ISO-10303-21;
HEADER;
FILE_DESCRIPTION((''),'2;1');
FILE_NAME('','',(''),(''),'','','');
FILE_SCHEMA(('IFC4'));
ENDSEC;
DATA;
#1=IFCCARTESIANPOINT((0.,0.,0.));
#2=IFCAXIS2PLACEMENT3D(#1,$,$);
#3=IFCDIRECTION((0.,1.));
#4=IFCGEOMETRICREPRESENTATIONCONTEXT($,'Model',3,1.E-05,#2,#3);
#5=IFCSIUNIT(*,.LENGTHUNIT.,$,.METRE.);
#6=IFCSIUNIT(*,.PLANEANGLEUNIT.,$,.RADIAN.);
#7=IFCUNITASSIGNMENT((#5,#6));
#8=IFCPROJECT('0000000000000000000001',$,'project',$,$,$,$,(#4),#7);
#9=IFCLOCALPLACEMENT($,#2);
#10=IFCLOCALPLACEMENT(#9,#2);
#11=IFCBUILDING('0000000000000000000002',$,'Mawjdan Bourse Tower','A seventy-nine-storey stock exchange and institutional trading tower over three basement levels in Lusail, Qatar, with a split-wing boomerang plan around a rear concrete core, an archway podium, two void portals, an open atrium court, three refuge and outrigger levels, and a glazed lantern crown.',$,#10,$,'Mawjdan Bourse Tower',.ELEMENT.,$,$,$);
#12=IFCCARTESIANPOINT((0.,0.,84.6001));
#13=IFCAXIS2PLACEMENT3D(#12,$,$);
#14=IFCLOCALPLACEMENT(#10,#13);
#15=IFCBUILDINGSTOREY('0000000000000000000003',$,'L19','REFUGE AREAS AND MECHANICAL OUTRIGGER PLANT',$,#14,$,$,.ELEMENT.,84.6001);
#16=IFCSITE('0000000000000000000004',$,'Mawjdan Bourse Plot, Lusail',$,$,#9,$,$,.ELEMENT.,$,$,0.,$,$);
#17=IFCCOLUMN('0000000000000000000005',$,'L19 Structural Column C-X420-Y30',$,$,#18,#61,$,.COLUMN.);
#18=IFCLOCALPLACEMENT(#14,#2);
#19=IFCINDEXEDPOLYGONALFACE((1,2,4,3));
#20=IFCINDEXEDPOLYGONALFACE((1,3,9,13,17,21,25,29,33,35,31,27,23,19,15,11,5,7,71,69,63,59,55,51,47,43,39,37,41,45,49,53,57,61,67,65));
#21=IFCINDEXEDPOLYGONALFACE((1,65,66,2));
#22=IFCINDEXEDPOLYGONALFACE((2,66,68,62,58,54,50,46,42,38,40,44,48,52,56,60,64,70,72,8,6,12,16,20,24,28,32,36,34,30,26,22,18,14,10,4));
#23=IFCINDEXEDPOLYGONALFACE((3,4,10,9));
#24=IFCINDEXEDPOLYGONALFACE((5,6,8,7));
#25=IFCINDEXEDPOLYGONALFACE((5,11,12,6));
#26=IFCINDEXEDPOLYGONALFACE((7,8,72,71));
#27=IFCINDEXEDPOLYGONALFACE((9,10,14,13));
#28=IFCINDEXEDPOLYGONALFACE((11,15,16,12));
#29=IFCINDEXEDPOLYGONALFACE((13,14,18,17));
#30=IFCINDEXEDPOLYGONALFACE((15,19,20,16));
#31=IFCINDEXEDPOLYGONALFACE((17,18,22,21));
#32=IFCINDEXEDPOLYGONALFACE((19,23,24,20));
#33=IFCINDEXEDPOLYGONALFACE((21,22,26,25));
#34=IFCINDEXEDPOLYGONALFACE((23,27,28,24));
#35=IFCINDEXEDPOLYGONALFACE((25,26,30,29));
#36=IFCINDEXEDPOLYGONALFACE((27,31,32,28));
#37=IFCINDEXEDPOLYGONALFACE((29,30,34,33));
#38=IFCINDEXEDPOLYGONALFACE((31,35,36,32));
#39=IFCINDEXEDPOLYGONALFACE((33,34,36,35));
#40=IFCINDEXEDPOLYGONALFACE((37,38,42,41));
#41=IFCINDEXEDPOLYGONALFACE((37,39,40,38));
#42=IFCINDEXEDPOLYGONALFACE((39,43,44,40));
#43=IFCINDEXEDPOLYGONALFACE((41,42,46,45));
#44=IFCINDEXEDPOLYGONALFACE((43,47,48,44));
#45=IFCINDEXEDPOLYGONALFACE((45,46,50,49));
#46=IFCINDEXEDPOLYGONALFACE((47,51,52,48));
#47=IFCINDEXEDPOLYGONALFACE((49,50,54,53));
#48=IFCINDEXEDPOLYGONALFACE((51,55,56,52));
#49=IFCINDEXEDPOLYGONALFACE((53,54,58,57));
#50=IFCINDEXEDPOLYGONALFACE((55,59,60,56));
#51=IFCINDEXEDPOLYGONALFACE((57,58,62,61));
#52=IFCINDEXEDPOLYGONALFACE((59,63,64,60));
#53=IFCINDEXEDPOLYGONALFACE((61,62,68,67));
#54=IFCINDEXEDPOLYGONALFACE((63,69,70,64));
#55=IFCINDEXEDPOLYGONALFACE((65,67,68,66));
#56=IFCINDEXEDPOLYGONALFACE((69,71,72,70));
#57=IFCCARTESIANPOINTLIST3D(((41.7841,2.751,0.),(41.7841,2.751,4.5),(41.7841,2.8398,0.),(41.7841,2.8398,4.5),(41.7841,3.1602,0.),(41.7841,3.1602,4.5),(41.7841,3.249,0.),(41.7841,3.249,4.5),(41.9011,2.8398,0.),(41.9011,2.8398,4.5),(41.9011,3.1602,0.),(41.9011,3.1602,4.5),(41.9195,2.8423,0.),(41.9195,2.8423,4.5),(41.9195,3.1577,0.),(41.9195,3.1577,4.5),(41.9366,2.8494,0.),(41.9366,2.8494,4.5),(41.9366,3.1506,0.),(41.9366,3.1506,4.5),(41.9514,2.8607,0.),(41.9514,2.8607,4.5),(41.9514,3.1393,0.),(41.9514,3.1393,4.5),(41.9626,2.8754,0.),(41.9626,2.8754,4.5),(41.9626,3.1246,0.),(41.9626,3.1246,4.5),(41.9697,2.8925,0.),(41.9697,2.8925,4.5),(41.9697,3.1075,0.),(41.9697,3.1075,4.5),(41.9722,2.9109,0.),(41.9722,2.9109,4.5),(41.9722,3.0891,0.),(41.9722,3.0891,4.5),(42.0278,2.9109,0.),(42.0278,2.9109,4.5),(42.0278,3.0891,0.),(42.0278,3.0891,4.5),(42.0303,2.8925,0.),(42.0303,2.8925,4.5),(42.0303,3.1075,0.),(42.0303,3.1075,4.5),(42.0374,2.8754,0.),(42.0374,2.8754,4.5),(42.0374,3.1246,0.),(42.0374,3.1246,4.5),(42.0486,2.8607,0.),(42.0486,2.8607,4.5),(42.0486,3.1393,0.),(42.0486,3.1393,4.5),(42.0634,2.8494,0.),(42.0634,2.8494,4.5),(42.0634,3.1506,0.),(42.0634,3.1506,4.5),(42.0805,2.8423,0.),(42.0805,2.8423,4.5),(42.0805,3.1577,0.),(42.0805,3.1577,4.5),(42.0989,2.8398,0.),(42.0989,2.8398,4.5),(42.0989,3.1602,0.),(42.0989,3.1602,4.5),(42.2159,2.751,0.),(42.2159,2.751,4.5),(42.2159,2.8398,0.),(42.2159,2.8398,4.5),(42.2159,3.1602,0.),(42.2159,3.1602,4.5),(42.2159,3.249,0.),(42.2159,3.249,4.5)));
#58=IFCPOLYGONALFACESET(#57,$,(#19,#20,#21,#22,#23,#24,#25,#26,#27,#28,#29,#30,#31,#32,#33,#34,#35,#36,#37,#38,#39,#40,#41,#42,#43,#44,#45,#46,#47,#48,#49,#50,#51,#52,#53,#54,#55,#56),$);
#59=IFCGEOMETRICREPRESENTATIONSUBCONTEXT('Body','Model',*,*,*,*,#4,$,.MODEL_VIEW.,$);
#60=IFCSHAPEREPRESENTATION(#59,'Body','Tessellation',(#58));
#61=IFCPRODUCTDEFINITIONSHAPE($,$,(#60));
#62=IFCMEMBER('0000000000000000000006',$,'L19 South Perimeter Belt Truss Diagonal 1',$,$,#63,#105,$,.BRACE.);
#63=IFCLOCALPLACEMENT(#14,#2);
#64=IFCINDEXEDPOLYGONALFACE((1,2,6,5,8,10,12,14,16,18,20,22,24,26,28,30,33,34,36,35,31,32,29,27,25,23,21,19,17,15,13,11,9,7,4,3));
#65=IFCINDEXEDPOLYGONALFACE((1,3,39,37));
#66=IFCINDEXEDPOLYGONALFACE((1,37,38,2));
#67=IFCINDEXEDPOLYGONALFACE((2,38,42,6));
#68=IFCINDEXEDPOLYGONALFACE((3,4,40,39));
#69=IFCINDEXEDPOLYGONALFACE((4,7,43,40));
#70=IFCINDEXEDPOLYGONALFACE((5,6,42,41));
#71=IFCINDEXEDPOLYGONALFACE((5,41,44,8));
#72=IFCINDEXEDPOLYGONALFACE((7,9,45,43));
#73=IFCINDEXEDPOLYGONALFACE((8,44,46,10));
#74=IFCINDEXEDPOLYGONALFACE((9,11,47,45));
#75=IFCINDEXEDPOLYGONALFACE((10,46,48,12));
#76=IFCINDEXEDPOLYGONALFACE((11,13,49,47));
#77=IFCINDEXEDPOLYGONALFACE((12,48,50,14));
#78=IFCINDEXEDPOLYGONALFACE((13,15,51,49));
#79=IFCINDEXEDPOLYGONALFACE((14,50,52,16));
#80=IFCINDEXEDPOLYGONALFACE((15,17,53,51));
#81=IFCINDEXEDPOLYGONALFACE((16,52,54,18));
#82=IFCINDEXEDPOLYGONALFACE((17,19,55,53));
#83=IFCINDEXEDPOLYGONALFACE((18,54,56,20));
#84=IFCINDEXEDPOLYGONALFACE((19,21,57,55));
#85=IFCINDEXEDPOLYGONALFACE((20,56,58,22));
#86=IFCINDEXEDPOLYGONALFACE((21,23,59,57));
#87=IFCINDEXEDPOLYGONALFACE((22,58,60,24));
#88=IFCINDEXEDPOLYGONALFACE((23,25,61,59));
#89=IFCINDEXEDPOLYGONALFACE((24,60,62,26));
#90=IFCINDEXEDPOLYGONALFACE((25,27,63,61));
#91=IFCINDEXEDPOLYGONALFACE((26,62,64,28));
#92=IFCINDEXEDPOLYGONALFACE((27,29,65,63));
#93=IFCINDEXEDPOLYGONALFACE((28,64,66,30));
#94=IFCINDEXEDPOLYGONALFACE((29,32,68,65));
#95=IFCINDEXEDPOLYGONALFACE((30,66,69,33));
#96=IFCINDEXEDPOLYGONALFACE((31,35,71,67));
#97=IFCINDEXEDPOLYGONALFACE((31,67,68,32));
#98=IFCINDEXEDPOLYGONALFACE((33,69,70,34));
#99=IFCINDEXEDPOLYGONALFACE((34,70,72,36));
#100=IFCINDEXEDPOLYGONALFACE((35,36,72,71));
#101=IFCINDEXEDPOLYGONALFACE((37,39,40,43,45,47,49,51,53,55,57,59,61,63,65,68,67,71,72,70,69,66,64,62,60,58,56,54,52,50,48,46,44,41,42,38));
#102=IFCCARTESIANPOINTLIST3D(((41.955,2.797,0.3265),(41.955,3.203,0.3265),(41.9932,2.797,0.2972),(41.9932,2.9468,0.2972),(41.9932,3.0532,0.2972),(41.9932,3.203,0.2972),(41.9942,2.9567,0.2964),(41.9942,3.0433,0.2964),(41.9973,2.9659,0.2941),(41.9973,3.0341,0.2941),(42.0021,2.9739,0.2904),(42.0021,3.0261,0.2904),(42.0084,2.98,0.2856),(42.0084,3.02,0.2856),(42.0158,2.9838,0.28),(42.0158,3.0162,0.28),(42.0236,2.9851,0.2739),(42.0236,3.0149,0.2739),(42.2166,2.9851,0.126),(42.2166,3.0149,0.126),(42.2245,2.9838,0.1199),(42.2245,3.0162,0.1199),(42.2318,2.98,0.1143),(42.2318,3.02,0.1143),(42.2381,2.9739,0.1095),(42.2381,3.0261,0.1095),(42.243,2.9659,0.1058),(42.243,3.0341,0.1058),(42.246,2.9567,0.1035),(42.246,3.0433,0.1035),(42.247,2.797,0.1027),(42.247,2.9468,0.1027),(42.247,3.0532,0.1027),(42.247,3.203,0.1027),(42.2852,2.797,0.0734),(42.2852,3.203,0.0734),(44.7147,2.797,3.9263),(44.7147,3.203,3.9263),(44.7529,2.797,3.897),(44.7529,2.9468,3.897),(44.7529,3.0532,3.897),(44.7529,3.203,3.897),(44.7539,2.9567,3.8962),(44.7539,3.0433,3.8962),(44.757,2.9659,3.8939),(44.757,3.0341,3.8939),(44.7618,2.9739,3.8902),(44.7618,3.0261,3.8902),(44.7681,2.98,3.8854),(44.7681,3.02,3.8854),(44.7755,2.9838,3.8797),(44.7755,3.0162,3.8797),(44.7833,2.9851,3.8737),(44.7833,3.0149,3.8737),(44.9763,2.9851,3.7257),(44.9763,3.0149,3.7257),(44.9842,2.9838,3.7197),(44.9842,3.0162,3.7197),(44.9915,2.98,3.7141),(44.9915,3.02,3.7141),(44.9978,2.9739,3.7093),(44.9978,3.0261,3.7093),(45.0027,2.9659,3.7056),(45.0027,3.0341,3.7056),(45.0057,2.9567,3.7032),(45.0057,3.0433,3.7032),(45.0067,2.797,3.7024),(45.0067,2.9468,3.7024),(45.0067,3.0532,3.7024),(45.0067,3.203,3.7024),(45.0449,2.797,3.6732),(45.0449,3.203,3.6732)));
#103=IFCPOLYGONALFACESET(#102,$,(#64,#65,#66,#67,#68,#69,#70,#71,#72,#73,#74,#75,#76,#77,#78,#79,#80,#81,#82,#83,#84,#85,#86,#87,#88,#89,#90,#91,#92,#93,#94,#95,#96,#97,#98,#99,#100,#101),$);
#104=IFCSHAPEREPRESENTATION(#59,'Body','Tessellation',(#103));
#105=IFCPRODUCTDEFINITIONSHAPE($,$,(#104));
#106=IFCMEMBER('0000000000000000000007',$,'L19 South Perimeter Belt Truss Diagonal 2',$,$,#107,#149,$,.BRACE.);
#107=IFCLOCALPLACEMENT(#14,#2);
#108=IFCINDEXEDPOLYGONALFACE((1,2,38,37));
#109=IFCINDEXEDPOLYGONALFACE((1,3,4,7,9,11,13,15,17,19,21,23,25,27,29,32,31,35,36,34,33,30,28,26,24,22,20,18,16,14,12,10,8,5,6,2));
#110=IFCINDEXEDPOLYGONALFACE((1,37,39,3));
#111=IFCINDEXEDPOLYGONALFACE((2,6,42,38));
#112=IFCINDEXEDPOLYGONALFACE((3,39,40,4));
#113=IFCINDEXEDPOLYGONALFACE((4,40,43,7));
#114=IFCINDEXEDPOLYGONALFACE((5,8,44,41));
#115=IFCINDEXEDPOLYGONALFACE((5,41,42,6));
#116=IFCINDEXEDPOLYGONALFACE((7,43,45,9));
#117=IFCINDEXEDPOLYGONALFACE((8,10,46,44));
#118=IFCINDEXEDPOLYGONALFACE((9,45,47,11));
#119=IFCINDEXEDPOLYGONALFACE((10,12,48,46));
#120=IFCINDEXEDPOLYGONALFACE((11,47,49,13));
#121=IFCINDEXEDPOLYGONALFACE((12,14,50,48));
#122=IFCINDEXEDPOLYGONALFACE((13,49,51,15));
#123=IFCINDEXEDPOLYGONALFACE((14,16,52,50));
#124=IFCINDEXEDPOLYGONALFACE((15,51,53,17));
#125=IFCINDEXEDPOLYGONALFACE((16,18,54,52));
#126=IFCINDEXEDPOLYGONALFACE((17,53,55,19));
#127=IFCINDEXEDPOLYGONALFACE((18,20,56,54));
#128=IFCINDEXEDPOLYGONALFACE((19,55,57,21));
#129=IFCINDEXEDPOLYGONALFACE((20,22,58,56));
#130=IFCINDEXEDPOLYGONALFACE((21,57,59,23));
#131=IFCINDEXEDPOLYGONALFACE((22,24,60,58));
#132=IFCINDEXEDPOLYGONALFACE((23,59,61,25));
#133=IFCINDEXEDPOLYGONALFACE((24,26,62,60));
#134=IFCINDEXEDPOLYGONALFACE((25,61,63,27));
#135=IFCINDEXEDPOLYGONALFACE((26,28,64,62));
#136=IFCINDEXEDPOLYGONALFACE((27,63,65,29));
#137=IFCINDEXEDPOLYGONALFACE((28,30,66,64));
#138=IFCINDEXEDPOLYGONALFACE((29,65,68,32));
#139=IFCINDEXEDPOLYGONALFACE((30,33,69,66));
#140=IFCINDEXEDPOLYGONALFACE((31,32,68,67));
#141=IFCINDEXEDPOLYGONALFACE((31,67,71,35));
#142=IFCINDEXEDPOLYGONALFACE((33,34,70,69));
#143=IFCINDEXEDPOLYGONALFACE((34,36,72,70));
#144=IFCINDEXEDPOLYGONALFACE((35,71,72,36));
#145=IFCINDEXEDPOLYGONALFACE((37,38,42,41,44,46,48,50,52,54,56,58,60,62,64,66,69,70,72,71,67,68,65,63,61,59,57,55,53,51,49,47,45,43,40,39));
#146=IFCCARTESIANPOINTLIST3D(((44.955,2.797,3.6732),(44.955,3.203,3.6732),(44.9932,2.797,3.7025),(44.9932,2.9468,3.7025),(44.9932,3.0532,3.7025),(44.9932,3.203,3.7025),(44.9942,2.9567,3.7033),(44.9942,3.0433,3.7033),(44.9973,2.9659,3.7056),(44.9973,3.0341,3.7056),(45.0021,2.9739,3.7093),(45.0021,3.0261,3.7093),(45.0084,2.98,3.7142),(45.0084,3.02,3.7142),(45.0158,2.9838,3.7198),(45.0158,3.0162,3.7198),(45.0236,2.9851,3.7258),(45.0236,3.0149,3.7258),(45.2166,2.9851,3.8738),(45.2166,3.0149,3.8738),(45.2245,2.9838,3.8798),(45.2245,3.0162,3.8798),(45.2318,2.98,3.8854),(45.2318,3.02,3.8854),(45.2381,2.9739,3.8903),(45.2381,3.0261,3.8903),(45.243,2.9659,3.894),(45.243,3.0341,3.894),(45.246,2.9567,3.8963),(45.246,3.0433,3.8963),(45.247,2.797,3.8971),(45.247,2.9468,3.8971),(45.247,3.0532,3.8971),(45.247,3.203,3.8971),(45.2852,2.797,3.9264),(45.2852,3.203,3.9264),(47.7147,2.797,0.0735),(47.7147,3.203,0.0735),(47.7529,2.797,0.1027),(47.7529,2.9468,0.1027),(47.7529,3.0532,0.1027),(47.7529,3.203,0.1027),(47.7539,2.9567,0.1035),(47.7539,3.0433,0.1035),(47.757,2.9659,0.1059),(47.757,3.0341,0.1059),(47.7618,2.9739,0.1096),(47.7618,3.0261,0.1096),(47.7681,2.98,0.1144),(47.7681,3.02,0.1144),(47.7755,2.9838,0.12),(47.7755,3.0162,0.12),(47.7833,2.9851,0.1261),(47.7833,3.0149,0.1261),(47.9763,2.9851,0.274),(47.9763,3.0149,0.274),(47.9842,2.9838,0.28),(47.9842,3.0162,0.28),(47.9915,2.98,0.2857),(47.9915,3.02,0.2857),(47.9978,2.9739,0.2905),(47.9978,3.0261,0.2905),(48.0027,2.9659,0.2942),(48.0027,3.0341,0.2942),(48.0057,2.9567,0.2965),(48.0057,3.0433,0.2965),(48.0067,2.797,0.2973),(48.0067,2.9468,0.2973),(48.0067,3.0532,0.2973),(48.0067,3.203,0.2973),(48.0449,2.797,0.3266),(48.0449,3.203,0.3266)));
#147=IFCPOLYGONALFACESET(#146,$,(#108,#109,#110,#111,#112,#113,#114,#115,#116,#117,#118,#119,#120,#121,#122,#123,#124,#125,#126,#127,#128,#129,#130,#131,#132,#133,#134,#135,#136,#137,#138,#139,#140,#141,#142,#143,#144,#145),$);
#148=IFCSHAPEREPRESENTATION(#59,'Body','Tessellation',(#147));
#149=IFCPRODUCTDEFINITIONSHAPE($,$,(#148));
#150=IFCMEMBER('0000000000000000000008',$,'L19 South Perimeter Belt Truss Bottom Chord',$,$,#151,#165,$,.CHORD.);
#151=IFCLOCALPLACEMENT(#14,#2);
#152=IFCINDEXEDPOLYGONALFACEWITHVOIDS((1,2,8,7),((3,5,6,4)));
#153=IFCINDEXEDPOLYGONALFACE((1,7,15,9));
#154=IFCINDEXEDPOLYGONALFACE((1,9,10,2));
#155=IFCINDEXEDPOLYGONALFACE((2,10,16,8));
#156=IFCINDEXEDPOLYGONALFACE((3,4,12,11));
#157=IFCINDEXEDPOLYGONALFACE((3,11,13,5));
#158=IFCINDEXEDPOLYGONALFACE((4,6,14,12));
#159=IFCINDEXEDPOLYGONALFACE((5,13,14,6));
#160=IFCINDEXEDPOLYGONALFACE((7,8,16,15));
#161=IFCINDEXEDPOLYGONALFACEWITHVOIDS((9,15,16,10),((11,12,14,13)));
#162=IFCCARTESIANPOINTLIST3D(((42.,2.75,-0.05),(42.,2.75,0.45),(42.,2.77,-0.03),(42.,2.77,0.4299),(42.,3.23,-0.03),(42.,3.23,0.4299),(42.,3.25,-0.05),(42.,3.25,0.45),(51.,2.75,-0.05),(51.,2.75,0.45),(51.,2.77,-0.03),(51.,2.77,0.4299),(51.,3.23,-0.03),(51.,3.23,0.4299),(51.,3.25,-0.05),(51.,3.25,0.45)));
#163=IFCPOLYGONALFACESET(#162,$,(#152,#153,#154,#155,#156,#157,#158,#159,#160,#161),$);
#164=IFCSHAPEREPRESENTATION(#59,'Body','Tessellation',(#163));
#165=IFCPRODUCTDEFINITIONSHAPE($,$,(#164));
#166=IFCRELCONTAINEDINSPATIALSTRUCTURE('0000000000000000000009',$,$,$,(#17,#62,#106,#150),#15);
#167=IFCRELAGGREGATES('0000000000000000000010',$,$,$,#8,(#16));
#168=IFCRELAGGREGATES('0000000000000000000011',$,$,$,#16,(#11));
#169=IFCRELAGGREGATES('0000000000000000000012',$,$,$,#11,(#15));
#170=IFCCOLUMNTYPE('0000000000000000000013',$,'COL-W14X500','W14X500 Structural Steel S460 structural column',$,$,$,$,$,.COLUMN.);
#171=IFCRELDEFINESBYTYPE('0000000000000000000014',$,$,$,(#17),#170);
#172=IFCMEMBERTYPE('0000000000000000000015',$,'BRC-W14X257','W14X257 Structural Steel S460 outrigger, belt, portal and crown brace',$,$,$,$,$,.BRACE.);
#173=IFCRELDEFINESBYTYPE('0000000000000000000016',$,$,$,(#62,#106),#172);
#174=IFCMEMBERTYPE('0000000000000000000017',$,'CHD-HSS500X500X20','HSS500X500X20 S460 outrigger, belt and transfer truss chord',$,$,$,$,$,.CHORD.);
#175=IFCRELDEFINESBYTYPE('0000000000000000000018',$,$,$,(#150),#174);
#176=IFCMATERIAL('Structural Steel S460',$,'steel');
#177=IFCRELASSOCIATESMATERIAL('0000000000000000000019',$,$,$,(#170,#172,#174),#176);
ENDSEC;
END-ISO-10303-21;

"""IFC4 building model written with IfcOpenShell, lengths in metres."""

from ifc_helpers import new_model, si_unit, direction, frame, origin, origin_2d, place, context, subcontext, project, spatial, hollow_rectangle, i_section, extrude, material, material_profile, profile_set, type_object, element, save


model = new_model("IFC4")

# Units and contexts
model_context = context("Model", 3, precision=1e-05, world=origin(), true_north=direction((0.0, 1.0)))
body_context = subcontext(model_context, "Body", "Model", "MODEL_VIEW")
ifc_project = project(units=[si_unit("LENGTHUNIT", "METRE"), si_unit("PLANEANGLEUNIT", "RADIAN")], contexts=[model_context])

# Site, building, storey
site_placement = place(None, origin())
site = spatial("IfcSite", under=ifc_project, at=site_placement, Name="Mawjdan Bourse Plot, Lusail", CompositionType="ELEMENT", RefElevation=0.0)
building_placement = place(site_placement, origin())
building = spatial("IfcBuilding", under=site, at=building_placement, Name="Mawjdan Bourse Tower", Description="A seventy-nine-storey stock exchange and institutional trading tower over three basement levels in Lusail, Qatar, with a split-wing boomerang plan around a rear concrete core, an archway podium, two void portals, an open atrium court, three refuge and outrigger levels, and a glazed lantern crown.", LongName="Mawjdan Bourse Tower", CompositionType="ELEMENT")
storey_placement = place(building_placement, frame((0.0, 0.0, 84.6001)))
storey = spatial("IfcBuildingStorey", under=building, at=storey_placement, Name="L19", Description="REFUGE AREAS AND MECHANICAL OUTRIGGER PLANT", CompositionType="ELEMENT", Elevation=84.6001)

# Column
ifc_material_1 = material(Name="Structural Steel S460", Category="steel")
ifc_material_profile_1 = material_profile(ifc_material_1, i_section(OverallWidth=0.4319, OverallDepth=0.498, WebThickness=0.0557, FlangeThickness=0.0889, FilletRadius=0.071, at=origin_2d()), Name="W14X500")
ifc_profile_set_1 = profile_set([ifc_material_profile_1], Name="Structural Steel S460")
column_type = type_object("IfcColumnType", Name="COL-W14X500", Description="W14X500 Structural Steel S460 structural column", PredefinedType="COLUMN", material=ifc_profile_set_1)
column_placement = place(storey_placement, frame((42.0, 3.0, 0.0), z_axis=(0.0, 0.0, 1.0), x_axis=(1.0, 0.0, 0.0)))
element("IfcColumn", 1, at=column_placement, inside=storey, type_object=column_type, Name="L19 Structural Column C-X420-Y30", PredefinedType="COLUMN", context=body_context, shape_type="SweptSolid", body=[
    extrude(i_section(OverallWidth=0.4319, OverallDepth=0.498, WebThickness=0.0557, FlangeThickness=0.0889, FilletRadius=0.071, at=origin_2d()), origin(), (0.0, 0.0, 1.0), 4.5),
])

# Members
ifc_material_profile_2 = material_profile(ifc_material_1, i_section(OverallWidth=0.406, OverallDepth=0.416, WebThickness=0.0298, FlangeThickness=0.0481, FilletRadius=0.0383, at=origin_2d()), Name="W14X257")
ifc_profile_set_2 = profile_set([ifc_material_profile_2], Name="Structural Steel S460")
member_type_1 = type_object("IfcMemberType", Name="BRC-W14X257", Description="W14X257 Structural Steel S460 outrigger, belt, portal and crown brace", PredefinedType="BRACE", material=ifc_profile_set_2)
for number, where, z_axis, x_axis, name in (
    (2, (42.1201, 3.0, 0.2), (0.608415, 0.0, 0.793619), (0.0, 1.0, 0.0), "L19 South Perimeter Belt Truss Diagonal 1"),
    (3, (45.1201, 3.0, 3.7998), (0.608415, 0.0, -0.793619), (0.0, 1.0, 0.0), "L19 South Perimeter Belt Truss Diagonal 2"),
):
    element("IfcMember", number, at=place(storey_placement, frame(where, z_axis=z_axis, x_axis=x_axis)), inside=storey, type_object=member_type_1, Name=name, PredefinedType="BRACE", context=body_context, shape_type="SweptSolid", body=[
        extrude(i_section(OverallWidth=0.406, OverallDepth=0.416, WebThickness=0.0298, FlangeThickness=0.0481, FilletRadius=0.0383, at=origin_2d()), origin(), (0.0, 0.0, 1.0), 4.5359),
    ])
ifc_material_profile_3 = material_profile(ifc_material_1, hollow_rectangle(XDim=0.5, YDim=0.5, WallThickness=0.02, at=origin_2d()), Name="HSS500X500X20")
ifc_profile_set_3 = profile_set([ifc_material_profile_3], Name="Structural Steel S460")
member_type_2 = type_object("IfcMemberType", Name="CHD-HSS500X500X20", Description="HSS500X500X20 S460 outrigger, belt and transfer truss chord", PredefinedType="CHORD", material=ifc_profile_set_3)
member_1_placement = place(storey_placement, frame((42.0, 3.0, 0.2), z_axis=(1.0, 0.0, 0.0), x_axis=(0.0, 1.0, 0.0)))
element("IfcMember", 4, at=member_1_placement, inside=storey, type_object=member_type_2, Name="L19 South Perimeter Belt Truss Bottom Chord", PredefinedType="CHORD", context=body_context, shape_type="SweptSolid", body=[
    extrude(hollow_rectangle(XDim=0.5, YDim=0.5, WallThickness=0.02, at=origin_2d()), origin(), (0.0, 0.0, 1.0), 9.0),
])

save(model, "model.ifc")
